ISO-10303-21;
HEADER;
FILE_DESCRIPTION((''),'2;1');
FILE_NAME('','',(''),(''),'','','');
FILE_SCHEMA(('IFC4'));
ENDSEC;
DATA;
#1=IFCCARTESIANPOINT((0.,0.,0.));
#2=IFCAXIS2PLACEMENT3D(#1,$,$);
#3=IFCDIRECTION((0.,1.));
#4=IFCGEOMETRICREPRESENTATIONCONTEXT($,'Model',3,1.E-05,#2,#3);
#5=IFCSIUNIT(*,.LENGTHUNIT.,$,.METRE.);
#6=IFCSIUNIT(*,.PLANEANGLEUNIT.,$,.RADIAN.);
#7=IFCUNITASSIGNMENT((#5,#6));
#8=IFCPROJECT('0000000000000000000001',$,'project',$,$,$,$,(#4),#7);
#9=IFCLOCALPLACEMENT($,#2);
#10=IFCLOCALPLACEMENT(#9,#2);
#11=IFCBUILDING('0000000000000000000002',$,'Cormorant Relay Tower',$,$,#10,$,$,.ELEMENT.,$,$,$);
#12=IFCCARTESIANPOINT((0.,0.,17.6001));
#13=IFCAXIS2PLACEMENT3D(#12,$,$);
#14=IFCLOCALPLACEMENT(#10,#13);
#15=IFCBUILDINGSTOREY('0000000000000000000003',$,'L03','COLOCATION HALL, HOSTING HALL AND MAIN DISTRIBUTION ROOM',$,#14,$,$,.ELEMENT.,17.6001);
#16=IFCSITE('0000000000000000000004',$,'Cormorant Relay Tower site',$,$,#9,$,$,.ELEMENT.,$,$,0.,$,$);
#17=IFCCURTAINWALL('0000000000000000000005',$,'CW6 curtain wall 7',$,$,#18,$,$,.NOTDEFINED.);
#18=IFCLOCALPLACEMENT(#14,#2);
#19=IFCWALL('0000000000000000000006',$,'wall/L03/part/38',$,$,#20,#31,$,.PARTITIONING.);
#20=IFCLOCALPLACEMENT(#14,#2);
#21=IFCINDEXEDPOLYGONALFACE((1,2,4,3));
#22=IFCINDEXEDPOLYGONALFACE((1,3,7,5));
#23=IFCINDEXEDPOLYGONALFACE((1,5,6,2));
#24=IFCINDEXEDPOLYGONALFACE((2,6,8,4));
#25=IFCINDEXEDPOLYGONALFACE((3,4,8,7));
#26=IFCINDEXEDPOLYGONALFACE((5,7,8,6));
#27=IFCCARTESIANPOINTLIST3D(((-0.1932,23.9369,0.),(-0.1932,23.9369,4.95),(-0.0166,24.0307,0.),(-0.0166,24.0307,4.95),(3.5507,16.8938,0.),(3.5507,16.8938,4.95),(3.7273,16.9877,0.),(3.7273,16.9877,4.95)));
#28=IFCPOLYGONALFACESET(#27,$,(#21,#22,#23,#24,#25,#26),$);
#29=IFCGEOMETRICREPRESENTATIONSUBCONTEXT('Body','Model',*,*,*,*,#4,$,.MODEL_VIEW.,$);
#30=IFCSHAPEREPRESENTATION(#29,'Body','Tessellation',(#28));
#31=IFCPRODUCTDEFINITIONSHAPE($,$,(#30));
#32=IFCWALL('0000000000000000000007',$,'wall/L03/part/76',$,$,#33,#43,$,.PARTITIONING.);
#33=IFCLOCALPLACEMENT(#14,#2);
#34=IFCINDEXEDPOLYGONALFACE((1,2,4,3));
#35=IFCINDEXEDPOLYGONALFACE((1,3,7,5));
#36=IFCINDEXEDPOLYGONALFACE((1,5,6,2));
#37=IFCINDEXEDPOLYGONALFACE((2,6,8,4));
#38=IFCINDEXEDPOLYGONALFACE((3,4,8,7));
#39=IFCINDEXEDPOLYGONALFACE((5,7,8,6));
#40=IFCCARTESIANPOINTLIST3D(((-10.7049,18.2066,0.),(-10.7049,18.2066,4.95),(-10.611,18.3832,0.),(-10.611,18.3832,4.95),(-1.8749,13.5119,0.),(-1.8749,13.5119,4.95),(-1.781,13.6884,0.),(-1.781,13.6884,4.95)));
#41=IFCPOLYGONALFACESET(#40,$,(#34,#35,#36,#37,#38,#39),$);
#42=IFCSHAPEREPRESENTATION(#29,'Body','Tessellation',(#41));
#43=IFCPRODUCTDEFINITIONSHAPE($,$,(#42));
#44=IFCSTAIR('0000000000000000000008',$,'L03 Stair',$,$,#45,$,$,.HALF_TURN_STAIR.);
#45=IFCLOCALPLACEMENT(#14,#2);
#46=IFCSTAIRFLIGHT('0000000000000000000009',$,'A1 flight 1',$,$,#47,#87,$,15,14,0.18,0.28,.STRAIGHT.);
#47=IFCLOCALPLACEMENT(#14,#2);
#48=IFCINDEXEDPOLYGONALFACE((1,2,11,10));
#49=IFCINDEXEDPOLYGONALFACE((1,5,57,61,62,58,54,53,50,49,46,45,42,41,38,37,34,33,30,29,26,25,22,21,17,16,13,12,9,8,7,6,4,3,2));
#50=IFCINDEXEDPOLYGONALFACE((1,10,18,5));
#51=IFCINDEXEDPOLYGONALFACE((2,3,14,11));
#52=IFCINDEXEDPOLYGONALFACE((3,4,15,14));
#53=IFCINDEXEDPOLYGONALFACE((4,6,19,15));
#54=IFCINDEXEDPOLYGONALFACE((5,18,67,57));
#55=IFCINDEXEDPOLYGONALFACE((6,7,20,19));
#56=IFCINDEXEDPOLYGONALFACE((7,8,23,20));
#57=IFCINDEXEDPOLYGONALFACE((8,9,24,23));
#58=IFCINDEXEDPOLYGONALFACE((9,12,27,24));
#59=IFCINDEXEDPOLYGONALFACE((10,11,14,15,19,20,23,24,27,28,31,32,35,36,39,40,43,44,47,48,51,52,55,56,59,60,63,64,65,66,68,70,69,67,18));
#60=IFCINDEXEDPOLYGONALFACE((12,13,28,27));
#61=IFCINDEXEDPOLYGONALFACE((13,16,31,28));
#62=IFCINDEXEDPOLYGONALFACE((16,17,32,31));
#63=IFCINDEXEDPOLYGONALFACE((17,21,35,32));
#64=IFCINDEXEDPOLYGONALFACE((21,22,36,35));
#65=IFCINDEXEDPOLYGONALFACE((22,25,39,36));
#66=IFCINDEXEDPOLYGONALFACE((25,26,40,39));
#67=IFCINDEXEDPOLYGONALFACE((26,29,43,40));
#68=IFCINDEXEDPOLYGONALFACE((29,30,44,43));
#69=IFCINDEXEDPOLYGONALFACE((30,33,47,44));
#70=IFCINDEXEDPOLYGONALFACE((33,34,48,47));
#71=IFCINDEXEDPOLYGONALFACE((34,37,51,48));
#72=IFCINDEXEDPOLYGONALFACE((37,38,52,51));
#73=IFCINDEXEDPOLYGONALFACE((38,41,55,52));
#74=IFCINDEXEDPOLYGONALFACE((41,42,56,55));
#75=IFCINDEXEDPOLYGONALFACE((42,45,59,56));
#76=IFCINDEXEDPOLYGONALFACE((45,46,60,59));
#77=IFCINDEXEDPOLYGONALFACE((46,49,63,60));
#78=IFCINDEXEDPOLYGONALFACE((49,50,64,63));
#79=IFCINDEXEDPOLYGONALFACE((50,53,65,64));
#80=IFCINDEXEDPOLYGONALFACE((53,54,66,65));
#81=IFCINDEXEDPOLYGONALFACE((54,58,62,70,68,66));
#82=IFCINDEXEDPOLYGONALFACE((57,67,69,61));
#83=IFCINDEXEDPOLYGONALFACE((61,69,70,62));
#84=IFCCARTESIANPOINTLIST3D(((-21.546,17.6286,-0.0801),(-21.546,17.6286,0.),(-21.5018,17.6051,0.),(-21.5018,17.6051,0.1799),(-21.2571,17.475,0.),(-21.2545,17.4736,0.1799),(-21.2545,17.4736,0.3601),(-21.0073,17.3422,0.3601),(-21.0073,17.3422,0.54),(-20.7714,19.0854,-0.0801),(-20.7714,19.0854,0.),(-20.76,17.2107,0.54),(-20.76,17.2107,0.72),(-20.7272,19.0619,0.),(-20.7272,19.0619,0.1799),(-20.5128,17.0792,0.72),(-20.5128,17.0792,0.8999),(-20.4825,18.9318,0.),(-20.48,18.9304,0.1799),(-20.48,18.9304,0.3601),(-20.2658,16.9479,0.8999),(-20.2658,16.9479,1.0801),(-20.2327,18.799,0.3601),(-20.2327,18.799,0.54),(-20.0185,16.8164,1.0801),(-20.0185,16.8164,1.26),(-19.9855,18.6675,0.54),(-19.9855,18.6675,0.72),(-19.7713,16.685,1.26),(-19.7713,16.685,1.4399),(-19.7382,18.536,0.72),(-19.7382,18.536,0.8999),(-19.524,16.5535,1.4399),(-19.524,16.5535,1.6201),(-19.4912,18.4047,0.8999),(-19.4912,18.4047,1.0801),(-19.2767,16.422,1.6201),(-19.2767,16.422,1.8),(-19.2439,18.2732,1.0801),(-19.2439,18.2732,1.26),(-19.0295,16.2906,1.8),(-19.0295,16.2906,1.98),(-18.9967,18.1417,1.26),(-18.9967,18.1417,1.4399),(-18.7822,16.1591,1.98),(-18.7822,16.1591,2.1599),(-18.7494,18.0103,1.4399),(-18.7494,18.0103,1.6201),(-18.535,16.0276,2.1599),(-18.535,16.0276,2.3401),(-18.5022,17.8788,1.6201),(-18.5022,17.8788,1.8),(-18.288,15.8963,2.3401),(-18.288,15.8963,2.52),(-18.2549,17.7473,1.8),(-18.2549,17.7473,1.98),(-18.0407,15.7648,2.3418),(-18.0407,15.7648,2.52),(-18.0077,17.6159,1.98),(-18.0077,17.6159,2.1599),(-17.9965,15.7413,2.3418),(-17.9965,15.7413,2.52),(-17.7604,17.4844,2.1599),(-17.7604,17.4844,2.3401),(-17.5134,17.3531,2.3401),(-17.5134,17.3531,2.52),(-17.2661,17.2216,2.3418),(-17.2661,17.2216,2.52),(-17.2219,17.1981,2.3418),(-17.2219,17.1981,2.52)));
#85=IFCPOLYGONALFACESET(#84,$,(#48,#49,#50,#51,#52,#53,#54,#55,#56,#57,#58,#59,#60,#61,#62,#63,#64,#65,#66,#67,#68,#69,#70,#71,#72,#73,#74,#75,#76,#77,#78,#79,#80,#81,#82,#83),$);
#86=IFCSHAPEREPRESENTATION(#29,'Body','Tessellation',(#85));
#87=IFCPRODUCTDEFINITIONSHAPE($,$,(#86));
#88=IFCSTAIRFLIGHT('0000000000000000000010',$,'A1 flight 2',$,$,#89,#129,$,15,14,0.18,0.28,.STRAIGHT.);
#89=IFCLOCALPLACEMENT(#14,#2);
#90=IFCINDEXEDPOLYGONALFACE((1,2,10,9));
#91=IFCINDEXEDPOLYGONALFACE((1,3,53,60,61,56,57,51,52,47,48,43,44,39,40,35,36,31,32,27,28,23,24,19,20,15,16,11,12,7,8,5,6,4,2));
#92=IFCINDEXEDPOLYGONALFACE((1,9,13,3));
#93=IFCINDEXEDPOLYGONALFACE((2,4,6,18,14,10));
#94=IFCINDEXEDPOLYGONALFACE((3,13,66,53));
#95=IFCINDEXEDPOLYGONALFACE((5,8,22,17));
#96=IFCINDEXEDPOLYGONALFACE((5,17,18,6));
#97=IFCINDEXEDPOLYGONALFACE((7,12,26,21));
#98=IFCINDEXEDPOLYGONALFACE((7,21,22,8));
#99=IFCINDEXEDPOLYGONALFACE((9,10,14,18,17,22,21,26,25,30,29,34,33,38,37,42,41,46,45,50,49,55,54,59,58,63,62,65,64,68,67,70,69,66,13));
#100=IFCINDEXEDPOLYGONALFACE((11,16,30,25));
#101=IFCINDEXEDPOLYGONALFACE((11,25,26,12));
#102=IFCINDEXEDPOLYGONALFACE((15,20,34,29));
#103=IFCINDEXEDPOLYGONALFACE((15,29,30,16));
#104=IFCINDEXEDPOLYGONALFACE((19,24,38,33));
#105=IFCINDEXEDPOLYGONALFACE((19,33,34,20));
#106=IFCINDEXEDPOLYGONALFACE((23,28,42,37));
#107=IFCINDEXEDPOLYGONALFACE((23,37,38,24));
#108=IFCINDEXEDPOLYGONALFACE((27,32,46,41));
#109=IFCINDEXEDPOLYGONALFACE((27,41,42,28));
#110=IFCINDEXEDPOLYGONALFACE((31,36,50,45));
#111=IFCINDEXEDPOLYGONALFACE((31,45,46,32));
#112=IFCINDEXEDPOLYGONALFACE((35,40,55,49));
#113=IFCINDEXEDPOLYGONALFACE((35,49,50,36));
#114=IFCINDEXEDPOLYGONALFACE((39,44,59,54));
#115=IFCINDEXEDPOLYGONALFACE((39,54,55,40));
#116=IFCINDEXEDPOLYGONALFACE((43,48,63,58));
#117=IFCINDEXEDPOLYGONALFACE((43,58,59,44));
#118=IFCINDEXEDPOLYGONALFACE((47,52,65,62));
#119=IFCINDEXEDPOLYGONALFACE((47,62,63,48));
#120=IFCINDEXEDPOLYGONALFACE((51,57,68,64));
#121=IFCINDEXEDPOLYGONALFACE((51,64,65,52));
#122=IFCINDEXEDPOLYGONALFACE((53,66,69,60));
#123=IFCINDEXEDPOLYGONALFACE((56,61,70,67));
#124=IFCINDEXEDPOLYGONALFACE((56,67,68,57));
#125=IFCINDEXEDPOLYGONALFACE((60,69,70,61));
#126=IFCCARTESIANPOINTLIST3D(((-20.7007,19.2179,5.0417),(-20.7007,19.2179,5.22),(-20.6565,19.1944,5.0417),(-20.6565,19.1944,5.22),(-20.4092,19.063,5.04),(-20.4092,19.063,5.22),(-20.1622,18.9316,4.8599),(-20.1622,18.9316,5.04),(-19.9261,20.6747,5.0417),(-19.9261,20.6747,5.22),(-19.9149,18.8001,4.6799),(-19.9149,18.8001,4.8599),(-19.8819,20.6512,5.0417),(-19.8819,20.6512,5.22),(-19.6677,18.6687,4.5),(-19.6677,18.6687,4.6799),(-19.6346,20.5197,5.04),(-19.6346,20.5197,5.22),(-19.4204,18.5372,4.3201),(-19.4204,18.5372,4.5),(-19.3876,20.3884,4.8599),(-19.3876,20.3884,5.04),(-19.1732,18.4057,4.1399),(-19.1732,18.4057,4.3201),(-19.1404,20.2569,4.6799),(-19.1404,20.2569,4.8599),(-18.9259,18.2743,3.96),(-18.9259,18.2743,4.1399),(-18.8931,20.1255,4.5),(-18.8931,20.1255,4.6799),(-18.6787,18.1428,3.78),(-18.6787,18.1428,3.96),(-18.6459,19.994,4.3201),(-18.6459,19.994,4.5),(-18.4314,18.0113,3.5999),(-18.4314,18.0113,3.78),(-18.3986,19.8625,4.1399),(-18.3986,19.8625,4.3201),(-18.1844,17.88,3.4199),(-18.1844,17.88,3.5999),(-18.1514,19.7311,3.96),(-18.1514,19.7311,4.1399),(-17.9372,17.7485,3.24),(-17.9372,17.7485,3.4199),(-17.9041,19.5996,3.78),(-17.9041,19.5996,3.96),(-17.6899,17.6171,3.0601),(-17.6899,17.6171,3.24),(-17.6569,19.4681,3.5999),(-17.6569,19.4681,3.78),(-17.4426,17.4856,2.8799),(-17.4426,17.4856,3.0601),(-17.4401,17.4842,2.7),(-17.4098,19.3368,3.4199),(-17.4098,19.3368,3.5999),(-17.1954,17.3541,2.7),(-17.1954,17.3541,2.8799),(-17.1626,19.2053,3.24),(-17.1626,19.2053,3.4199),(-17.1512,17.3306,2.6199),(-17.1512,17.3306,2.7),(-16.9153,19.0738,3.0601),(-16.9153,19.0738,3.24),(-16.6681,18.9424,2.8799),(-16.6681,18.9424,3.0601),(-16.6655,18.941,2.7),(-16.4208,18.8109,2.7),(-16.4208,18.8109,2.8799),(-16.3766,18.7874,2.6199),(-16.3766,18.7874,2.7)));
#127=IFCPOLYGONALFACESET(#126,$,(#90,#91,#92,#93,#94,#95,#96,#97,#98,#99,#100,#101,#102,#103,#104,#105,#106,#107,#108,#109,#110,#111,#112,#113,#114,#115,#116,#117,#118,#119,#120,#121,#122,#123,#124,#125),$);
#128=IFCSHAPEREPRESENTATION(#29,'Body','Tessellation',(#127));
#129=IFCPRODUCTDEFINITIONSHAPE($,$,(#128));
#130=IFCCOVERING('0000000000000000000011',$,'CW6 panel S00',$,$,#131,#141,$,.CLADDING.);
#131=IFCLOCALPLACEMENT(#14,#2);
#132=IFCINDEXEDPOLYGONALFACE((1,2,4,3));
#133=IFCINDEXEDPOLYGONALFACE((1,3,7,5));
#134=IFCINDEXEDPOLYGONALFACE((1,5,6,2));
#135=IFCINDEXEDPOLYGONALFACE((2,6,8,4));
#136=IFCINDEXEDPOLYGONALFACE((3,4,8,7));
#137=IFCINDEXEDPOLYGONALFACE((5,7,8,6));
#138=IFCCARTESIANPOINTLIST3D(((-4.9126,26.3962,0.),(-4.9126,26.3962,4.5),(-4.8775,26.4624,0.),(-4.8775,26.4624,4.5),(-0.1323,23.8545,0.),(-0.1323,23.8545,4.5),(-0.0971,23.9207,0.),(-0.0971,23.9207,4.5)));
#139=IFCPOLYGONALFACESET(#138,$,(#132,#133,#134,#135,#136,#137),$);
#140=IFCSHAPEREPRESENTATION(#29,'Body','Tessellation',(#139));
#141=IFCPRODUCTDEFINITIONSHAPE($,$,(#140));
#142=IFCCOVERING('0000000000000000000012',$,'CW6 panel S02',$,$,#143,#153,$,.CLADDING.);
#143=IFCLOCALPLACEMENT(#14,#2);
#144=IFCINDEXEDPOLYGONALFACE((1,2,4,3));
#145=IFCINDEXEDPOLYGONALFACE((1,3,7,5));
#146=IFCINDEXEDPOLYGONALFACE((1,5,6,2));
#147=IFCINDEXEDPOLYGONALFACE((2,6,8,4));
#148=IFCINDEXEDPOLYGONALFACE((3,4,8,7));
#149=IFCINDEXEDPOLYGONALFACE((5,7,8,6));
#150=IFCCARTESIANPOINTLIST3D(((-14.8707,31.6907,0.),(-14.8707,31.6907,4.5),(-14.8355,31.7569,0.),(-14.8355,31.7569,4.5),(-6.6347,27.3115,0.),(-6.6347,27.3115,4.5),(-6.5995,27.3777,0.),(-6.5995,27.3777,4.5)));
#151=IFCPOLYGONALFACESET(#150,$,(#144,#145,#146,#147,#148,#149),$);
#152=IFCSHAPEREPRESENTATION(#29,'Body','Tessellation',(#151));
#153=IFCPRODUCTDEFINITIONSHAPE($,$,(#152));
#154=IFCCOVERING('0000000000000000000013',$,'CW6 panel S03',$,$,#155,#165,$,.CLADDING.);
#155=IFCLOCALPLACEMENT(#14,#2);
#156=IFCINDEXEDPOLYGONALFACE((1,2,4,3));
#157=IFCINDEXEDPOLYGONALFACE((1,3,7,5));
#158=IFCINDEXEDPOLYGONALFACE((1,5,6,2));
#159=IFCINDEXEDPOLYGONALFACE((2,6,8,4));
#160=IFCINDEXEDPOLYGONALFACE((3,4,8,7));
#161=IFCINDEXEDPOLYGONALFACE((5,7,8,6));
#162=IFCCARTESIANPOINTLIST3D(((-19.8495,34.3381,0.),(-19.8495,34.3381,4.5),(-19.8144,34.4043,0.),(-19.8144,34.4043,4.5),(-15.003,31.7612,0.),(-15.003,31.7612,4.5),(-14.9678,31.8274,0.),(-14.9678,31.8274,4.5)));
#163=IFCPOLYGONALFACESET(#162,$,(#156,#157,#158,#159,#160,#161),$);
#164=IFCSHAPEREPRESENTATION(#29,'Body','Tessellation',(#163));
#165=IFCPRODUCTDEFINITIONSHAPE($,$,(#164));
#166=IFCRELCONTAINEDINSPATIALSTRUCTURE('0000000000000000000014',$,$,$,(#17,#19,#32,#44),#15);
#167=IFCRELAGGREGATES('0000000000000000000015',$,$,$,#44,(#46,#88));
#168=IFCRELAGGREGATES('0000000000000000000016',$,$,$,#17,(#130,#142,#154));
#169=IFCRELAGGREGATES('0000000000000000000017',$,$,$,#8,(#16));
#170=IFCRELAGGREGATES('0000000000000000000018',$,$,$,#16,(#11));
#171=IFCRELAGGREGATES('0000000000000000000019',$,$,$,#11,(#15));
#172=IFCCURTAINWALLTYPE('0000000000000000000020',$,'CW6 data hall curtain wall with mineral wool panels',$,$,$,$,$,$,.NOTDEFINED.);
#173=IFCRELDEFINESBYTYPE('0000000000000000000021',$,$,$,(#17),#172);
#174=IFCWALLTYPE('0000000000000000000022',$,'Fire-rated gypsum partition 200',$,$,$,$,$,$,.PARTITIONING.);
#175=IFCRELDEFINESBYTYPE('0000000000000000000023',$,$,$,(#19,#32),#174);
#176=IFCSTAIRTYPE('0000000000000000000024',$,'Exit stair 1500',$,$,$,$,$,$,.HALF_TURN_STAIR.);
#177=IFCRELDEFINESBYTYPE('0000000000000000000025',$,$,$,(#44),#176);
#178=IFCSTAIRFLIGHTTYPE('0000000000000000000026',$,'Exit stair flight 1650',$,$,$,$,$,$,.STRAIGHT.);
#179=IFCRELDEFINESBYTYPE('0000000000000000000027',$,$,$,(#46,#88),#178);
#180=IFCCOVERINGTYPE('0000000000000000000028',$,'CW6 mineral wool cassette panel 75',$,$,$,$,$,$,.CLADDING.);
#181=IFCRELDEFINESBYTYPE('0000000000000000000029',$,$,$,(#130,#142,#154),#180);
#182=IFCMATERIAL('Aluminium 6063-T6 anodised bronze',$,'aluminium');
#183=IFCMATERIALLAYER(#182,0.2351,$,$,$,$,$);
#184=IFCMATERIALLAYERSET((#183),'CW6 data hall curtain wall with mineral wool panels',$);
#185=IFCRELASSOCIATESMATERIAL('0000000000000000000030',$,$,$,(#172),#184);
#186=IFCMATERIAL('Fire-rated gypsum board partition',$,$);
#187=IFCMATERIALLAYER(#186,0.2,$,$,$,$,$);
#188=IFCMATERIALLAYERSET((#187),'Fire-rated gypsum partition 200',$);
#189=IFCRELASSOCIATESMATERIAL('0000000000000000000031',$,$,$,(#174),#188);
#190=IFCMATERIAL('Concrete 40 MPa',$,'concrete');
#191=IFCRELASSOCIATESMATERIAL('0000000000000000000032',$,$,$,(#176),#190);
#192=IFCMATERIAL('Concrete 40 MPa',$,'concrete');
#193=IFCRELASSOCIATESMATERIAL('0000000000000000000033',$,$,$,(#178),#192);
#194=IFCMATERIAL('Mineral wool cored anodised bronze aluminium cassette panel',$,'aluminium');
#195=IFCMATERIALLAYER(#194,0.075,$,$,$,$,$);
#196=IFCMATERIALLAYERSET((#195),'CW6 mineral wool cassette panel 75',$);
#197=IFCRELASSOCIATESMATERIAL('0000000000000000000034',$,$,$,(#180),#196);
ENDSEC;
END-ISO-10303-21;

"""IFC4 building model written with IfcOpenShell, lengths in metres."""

from ifc_helpers import new_model, si_unit, direction, frame, frame_2d, origin, origin_2d, place, context, subcontext, project, spatial, polyline, rectangle, outline, extrude, material, layer, layer_set, type_object, element, aggregate, save


model = new_model("IFC4")

# Units and contexts
model_context = context("Model", 3, precision=1e-05, world=origin(), true_north=direction((0.0, 1.0)))
body_context = subcontext(model_context, "Body", "Model", "MODEL_VIEW")
ifc_project = project(units=[si_unit("LENGTHUNIT", "METRE"), si_unit("PLANEANGLEUNIT", "RADIAN")], contexts=[model_context])

# Site, building, storey
site_placement = place(None, origin())
site = spatial("IfcSite", under=ifc_project, at=site_placement, Name="Cormorant Relay Tower site", CompositionType="ELEMENT", RefElevation=0.0)
building_placement = place(site_placement, origin())
building = spatial("IfcBuilding", under=site, at=building_placement, Name="Cormorant Relay Tower", CompositionType="ELEMENT")
storey_placement = place(building_placement, frame((0.0, 0.0, 17.6001)))
storey = spatial("IfcBuildingStorey", under=building, at=storey_placement, Name="L03", Description="COLOCATION HALL, HOSTING HALL AND MAIN DISTRIBUTION ROOM", CompositionType="ELEMENT", Elevation=17.6001)

# Curtain wall
ifc_material_1 = material(Name="Aluminium 6063-T6 anodised bronze", Category="aluminium")
ifc_layer_1 = layer(ifc_material_1, 0.2351)
ifc_layer_set_1 = layer_set([ifc_layer_1], Name="CW6 data hall curtain wall with mineral wool panels")
curtain_wall_type = type_object("IfcCurtainWallType", Name="CW6 data hall curtain wall with mineral wool panels", PredefinedType="NOTDEFINED", material=ifc_layer_set_1)
curtain_wall_placement = place(storey_placement, origin())
curtain_wall = element("IfcCurtainWall", 1, at=curtain_wall_placement, inside=storey, type_object=curtain_wall_type, Name="CW6 curtain wall 7", PredefinedType="NOTDEFINED")

# Walls
ifc_material_2 = material(Name="Fire-rated gypsum board partition")
ifc_layer_2 = layer(ifc_material_2, 0.2)
ifc_layer_set_2 = layer_set([ifc_layer_2], Name="Fire-rated gypsum partition 200")
wall_type_1 = type_object("IfcWallType", Name="Fire-rated gypsum partition 200", PredefinedType="PARTITIONING", material=ifc_layer_set_2)
wall_1_placement = place(storey_placement, frame((-0.105, 23.9839, 0.0), z_axis=(0.0, 0.0, 1.0), x_axis=(0.469382, -0.882995, 0.0)))
element("IfcWall", 2, at=wall_1_placement, inside=storey, type_object=wall_type_1, Name="wall/L03/part/38", PredefinedType="PARTITIONING", context=body_context, shape_type="SweptSolid", body=[
    extrude(rectangle(XDim=7.9763, YDim=0.2, at=frame_2d((3.9883, 0.0))), origin(), (0.0, 0.0, 1.0), 4.95),
])
wall_2_placement = place(storey_placement, frame((-10.658, 18.2949, 0.0), z_axis=(0.0, 0.0, 1.0), x_axis=(0.882956, -0.469455, 0.0)))
element("IfcWall", 3, at=wall_2_placement, inside=storey, type_object=wall_type_1, Name="wall/L03/part/76", PredefinedType="PARTITIONING", context=body_context, shape_type="SweptSolid", body=[
    extrude(rectangle(XDim=10.0005, YDim=0.2, at=frame_2d((5.0002, 0.0))), origin(), (0.0, 0.0, 1.0), 4.95),
])

# Stair, stair flights
ifc_material_3 = material(Name="Concrete 40 MPa", Category="concrete")
stair_type = type_object("IfcStairType", Name="Exit stair 1500", PredefinedType="HALF_TURN_STAIR", material=ifc_material_3)
stair_placement = place(storey_placement, origin())
stair = element("IfcStair", 4, at=stair_placement, inside=storey, type_object=stair_type, Name="L03 Stair", PredefinedType="HALF_TURN_STAIR")
ifc_material_4 = material(Name="Concrete 40 MPa", Category="concrete")
stair_flight_type = type_object("IfcStairFlightType", Name="Exit stair flight 1650", PredefinedType="STRAIGHT", material=ifc_material_4)
stair_flight_1_placement = place(storey_placement, frame((-21.1145, 18.3335, 0.0), z_axis=(0.0, 0.0, 1.0), x_axis=(0.882948, -0.469472, 0.0)))
stair_flight_1 = element("IfcStairFlight", 5, at=stair_flight_1_placement, type_object=stair_flight_type, Name="A1 flight 1", NumberOfRisers=15, NumberOfTreads=14, PredefinedType="STRAIGHT", RiserHeight=0.18, TreadLength=0.28, context=body_context, shape_type="SweptSolid", body=[
    extrude(outline(polyline([(-0.05, -0.0801), (-0.05, 0.0), (0.0, 0.0), (0.0, 0.1799), (0.28, 0.1799), (0.28, 0.3601), (0.5601, 0.3601), (0.5601, 0.54), (0.8401, 0.54), (0.8401, 0.72), (1.1201, 0.72), (1.1201, 0.8999), (1.3999, 0.8999), (1.3999, 1.0801), (1.6799, 1.0801), (1.6799, 1.26), (1.96, 1.26), (1.96, 1.4399), (2.24, 1.4399), (2.24, 1.6201), (2.52, 1.6201), (2.52, 1.8), (2.8, 1.8), (2.8, 1.98), (3.0801, 1.98), (3.0801, 2.1599), (3.3601, 2.1599), (3.3601, 2.3401), (3.6399, 2.3401), (3.6399, 2.52), (3.9199, 2.52), (3.97, 2.52), (3.97, 2.3418), (3.9199, 2.3418), (0.2771, 0.0), (-0.05, -0.0801)])), frame((0.0, 0.825, 0.0), z_axis=(0.0, -1.0, 0.0), x_axis=(1.0, 0.0, 0.0)), (0.0, 0.0, 1.0), 1.6499),
])
stair_flight_2_placement = place(storey_placement, frame((-16.8081, 18.0825, 2.7), z_axis=(0.0, 0.0, 1.0), x_axis=(-0.882948, 0.469472, 0.0)))
stair_flight_2 = element("IfcStairFlight", 6, at=stair_flight_2_placement, type_object=stair_flight_type, Name="A1 flight 2", NumberOfRisers=15, NumberOfTreads=14, PredefinedType="STRAIGHT", RiserHeight=0.18, TreadLength=0.28, context=body_context, shape_type="SweptSolid", body=[
    extrude(outline(polyline([(-0.05, -0.0801), (-0.05, 0.0), (0.0, 0.0), (0.0, 0.1799), (0.28, 0.1799), (0.28, 0.3601), (0.5601, 0.3601), (0.5601, 0.54), (0.8401, 0.54), (0.8401, 0.72), (1.1201, 0.72), (1.1201, 0.8999), (1.3999, 0.8999), (1.3999, 1.0801), (1.6799, 1.0801), (1.6799, 1.26), (1.96, 1.26), (1.96, 1.4399), (2.24, 1.4399), (2.24, 1.6201), (2.52, 1.6201), (2.52, 1.8), (2.8, 1.8), (2.8, 1.98), (3.0801, 1.98), (3.0801, 2.1599), (3.3601, 2.1599), (3.3601, 2.3401), (3.6399, 2.3401), (3.6399, 2.52), (3.9199, 2.52), (3.97, 2.52), (3.97, 2.3418), (3.9199, 2.3418), (0.2771, 0.0), (-0.05, -0.0801)])), frame((0.0, 0.825, 0.0), z_axis=(0.0, -1.0, 0.0), x_axis=(1.0, 0.0, 0.0)), (0.0, 0.0, 1.0), 1.6499),
])
aggregate(stair, [stair_flight_1, stair_flight_2])

# Coverings
ifc_material_5 = material(Name="Mineral wool cored anodised bronze aluminium cassette panel", Category="aluminium")
ifc_layer_3 = layer(ifc_material_5, 0.075)
ifc_layer_set_3 = layer_set([ifc_layer_3], Name="CW6 mineral wool cassette panel 75")
covering_type = type_object("IfcCoveringType", Name="CW6 mineral wool cassette panel 75", PredefinedType="CLADDING", material=ifc_layer_set_3)
covering_1_placement = place(storey_placement, frame((-2.5049, 25.1584, 0.0), z_axis=(0.0, 0.0, 1.0), x_axis=(-0.882948, 0.469472, 0.0)))
covering_1 = element("IfcCovering", 7, at=covering_1_placement, type_object=covering_type, Name="CW6 panel S00", PredefinedType="CLADDING", context=body_context, shape_type="SweptSolid", body=[
    extrude(rectangle(XDim=5.4141, YDim=0.075, at=origin_2d()), origin(), (0.0, 0.0, 1.0), 4.5),
])
covering_2_placement = place(storey_placement, frame((-10.7351, 29.5342, 0.0), z_axis=(0.0, 0.0, 1.0), x_axis=(-0.882948, 0.469472, 0.0)))
covering_2 = element("IfcCovering", 8, at=covering_2_placement, type_object=covering_type, Name="CW6 panel S02", PredefinedType="CLADDING", context=body_context, shape_type="SweptSolid", body=[
    extrude(rectangle(XDim=9.3279, YDim=0.075, at=origin_2d()), origin(), (0.0, 0.0, 1.0), 4.5),
])
covering_3_placement = place(storey_placement, frame((-17.4087, 33.0828, 0.0), z_axis=(0.0, 0.0, 1.0), x_axis=(-0.882948, 0.469472, 0.0)))
covering_3 = element("IfcCovering", 9, at=covering_3_placement, type_object=covering_type, Name="CW6 panel S03", PredefinedType="CLADDING", context=body_context, shape_type="SweptSolid", body=[
    extrude(rectangle(XDim=5.489, YDim=0.075, at=origin_2d()), origin(), (0.0, 0.0, 1.0), 4.5),
])
aggregate(curtain_wall, [covering_1, covering_2, covering_3])

save(model, "model.ifc")
